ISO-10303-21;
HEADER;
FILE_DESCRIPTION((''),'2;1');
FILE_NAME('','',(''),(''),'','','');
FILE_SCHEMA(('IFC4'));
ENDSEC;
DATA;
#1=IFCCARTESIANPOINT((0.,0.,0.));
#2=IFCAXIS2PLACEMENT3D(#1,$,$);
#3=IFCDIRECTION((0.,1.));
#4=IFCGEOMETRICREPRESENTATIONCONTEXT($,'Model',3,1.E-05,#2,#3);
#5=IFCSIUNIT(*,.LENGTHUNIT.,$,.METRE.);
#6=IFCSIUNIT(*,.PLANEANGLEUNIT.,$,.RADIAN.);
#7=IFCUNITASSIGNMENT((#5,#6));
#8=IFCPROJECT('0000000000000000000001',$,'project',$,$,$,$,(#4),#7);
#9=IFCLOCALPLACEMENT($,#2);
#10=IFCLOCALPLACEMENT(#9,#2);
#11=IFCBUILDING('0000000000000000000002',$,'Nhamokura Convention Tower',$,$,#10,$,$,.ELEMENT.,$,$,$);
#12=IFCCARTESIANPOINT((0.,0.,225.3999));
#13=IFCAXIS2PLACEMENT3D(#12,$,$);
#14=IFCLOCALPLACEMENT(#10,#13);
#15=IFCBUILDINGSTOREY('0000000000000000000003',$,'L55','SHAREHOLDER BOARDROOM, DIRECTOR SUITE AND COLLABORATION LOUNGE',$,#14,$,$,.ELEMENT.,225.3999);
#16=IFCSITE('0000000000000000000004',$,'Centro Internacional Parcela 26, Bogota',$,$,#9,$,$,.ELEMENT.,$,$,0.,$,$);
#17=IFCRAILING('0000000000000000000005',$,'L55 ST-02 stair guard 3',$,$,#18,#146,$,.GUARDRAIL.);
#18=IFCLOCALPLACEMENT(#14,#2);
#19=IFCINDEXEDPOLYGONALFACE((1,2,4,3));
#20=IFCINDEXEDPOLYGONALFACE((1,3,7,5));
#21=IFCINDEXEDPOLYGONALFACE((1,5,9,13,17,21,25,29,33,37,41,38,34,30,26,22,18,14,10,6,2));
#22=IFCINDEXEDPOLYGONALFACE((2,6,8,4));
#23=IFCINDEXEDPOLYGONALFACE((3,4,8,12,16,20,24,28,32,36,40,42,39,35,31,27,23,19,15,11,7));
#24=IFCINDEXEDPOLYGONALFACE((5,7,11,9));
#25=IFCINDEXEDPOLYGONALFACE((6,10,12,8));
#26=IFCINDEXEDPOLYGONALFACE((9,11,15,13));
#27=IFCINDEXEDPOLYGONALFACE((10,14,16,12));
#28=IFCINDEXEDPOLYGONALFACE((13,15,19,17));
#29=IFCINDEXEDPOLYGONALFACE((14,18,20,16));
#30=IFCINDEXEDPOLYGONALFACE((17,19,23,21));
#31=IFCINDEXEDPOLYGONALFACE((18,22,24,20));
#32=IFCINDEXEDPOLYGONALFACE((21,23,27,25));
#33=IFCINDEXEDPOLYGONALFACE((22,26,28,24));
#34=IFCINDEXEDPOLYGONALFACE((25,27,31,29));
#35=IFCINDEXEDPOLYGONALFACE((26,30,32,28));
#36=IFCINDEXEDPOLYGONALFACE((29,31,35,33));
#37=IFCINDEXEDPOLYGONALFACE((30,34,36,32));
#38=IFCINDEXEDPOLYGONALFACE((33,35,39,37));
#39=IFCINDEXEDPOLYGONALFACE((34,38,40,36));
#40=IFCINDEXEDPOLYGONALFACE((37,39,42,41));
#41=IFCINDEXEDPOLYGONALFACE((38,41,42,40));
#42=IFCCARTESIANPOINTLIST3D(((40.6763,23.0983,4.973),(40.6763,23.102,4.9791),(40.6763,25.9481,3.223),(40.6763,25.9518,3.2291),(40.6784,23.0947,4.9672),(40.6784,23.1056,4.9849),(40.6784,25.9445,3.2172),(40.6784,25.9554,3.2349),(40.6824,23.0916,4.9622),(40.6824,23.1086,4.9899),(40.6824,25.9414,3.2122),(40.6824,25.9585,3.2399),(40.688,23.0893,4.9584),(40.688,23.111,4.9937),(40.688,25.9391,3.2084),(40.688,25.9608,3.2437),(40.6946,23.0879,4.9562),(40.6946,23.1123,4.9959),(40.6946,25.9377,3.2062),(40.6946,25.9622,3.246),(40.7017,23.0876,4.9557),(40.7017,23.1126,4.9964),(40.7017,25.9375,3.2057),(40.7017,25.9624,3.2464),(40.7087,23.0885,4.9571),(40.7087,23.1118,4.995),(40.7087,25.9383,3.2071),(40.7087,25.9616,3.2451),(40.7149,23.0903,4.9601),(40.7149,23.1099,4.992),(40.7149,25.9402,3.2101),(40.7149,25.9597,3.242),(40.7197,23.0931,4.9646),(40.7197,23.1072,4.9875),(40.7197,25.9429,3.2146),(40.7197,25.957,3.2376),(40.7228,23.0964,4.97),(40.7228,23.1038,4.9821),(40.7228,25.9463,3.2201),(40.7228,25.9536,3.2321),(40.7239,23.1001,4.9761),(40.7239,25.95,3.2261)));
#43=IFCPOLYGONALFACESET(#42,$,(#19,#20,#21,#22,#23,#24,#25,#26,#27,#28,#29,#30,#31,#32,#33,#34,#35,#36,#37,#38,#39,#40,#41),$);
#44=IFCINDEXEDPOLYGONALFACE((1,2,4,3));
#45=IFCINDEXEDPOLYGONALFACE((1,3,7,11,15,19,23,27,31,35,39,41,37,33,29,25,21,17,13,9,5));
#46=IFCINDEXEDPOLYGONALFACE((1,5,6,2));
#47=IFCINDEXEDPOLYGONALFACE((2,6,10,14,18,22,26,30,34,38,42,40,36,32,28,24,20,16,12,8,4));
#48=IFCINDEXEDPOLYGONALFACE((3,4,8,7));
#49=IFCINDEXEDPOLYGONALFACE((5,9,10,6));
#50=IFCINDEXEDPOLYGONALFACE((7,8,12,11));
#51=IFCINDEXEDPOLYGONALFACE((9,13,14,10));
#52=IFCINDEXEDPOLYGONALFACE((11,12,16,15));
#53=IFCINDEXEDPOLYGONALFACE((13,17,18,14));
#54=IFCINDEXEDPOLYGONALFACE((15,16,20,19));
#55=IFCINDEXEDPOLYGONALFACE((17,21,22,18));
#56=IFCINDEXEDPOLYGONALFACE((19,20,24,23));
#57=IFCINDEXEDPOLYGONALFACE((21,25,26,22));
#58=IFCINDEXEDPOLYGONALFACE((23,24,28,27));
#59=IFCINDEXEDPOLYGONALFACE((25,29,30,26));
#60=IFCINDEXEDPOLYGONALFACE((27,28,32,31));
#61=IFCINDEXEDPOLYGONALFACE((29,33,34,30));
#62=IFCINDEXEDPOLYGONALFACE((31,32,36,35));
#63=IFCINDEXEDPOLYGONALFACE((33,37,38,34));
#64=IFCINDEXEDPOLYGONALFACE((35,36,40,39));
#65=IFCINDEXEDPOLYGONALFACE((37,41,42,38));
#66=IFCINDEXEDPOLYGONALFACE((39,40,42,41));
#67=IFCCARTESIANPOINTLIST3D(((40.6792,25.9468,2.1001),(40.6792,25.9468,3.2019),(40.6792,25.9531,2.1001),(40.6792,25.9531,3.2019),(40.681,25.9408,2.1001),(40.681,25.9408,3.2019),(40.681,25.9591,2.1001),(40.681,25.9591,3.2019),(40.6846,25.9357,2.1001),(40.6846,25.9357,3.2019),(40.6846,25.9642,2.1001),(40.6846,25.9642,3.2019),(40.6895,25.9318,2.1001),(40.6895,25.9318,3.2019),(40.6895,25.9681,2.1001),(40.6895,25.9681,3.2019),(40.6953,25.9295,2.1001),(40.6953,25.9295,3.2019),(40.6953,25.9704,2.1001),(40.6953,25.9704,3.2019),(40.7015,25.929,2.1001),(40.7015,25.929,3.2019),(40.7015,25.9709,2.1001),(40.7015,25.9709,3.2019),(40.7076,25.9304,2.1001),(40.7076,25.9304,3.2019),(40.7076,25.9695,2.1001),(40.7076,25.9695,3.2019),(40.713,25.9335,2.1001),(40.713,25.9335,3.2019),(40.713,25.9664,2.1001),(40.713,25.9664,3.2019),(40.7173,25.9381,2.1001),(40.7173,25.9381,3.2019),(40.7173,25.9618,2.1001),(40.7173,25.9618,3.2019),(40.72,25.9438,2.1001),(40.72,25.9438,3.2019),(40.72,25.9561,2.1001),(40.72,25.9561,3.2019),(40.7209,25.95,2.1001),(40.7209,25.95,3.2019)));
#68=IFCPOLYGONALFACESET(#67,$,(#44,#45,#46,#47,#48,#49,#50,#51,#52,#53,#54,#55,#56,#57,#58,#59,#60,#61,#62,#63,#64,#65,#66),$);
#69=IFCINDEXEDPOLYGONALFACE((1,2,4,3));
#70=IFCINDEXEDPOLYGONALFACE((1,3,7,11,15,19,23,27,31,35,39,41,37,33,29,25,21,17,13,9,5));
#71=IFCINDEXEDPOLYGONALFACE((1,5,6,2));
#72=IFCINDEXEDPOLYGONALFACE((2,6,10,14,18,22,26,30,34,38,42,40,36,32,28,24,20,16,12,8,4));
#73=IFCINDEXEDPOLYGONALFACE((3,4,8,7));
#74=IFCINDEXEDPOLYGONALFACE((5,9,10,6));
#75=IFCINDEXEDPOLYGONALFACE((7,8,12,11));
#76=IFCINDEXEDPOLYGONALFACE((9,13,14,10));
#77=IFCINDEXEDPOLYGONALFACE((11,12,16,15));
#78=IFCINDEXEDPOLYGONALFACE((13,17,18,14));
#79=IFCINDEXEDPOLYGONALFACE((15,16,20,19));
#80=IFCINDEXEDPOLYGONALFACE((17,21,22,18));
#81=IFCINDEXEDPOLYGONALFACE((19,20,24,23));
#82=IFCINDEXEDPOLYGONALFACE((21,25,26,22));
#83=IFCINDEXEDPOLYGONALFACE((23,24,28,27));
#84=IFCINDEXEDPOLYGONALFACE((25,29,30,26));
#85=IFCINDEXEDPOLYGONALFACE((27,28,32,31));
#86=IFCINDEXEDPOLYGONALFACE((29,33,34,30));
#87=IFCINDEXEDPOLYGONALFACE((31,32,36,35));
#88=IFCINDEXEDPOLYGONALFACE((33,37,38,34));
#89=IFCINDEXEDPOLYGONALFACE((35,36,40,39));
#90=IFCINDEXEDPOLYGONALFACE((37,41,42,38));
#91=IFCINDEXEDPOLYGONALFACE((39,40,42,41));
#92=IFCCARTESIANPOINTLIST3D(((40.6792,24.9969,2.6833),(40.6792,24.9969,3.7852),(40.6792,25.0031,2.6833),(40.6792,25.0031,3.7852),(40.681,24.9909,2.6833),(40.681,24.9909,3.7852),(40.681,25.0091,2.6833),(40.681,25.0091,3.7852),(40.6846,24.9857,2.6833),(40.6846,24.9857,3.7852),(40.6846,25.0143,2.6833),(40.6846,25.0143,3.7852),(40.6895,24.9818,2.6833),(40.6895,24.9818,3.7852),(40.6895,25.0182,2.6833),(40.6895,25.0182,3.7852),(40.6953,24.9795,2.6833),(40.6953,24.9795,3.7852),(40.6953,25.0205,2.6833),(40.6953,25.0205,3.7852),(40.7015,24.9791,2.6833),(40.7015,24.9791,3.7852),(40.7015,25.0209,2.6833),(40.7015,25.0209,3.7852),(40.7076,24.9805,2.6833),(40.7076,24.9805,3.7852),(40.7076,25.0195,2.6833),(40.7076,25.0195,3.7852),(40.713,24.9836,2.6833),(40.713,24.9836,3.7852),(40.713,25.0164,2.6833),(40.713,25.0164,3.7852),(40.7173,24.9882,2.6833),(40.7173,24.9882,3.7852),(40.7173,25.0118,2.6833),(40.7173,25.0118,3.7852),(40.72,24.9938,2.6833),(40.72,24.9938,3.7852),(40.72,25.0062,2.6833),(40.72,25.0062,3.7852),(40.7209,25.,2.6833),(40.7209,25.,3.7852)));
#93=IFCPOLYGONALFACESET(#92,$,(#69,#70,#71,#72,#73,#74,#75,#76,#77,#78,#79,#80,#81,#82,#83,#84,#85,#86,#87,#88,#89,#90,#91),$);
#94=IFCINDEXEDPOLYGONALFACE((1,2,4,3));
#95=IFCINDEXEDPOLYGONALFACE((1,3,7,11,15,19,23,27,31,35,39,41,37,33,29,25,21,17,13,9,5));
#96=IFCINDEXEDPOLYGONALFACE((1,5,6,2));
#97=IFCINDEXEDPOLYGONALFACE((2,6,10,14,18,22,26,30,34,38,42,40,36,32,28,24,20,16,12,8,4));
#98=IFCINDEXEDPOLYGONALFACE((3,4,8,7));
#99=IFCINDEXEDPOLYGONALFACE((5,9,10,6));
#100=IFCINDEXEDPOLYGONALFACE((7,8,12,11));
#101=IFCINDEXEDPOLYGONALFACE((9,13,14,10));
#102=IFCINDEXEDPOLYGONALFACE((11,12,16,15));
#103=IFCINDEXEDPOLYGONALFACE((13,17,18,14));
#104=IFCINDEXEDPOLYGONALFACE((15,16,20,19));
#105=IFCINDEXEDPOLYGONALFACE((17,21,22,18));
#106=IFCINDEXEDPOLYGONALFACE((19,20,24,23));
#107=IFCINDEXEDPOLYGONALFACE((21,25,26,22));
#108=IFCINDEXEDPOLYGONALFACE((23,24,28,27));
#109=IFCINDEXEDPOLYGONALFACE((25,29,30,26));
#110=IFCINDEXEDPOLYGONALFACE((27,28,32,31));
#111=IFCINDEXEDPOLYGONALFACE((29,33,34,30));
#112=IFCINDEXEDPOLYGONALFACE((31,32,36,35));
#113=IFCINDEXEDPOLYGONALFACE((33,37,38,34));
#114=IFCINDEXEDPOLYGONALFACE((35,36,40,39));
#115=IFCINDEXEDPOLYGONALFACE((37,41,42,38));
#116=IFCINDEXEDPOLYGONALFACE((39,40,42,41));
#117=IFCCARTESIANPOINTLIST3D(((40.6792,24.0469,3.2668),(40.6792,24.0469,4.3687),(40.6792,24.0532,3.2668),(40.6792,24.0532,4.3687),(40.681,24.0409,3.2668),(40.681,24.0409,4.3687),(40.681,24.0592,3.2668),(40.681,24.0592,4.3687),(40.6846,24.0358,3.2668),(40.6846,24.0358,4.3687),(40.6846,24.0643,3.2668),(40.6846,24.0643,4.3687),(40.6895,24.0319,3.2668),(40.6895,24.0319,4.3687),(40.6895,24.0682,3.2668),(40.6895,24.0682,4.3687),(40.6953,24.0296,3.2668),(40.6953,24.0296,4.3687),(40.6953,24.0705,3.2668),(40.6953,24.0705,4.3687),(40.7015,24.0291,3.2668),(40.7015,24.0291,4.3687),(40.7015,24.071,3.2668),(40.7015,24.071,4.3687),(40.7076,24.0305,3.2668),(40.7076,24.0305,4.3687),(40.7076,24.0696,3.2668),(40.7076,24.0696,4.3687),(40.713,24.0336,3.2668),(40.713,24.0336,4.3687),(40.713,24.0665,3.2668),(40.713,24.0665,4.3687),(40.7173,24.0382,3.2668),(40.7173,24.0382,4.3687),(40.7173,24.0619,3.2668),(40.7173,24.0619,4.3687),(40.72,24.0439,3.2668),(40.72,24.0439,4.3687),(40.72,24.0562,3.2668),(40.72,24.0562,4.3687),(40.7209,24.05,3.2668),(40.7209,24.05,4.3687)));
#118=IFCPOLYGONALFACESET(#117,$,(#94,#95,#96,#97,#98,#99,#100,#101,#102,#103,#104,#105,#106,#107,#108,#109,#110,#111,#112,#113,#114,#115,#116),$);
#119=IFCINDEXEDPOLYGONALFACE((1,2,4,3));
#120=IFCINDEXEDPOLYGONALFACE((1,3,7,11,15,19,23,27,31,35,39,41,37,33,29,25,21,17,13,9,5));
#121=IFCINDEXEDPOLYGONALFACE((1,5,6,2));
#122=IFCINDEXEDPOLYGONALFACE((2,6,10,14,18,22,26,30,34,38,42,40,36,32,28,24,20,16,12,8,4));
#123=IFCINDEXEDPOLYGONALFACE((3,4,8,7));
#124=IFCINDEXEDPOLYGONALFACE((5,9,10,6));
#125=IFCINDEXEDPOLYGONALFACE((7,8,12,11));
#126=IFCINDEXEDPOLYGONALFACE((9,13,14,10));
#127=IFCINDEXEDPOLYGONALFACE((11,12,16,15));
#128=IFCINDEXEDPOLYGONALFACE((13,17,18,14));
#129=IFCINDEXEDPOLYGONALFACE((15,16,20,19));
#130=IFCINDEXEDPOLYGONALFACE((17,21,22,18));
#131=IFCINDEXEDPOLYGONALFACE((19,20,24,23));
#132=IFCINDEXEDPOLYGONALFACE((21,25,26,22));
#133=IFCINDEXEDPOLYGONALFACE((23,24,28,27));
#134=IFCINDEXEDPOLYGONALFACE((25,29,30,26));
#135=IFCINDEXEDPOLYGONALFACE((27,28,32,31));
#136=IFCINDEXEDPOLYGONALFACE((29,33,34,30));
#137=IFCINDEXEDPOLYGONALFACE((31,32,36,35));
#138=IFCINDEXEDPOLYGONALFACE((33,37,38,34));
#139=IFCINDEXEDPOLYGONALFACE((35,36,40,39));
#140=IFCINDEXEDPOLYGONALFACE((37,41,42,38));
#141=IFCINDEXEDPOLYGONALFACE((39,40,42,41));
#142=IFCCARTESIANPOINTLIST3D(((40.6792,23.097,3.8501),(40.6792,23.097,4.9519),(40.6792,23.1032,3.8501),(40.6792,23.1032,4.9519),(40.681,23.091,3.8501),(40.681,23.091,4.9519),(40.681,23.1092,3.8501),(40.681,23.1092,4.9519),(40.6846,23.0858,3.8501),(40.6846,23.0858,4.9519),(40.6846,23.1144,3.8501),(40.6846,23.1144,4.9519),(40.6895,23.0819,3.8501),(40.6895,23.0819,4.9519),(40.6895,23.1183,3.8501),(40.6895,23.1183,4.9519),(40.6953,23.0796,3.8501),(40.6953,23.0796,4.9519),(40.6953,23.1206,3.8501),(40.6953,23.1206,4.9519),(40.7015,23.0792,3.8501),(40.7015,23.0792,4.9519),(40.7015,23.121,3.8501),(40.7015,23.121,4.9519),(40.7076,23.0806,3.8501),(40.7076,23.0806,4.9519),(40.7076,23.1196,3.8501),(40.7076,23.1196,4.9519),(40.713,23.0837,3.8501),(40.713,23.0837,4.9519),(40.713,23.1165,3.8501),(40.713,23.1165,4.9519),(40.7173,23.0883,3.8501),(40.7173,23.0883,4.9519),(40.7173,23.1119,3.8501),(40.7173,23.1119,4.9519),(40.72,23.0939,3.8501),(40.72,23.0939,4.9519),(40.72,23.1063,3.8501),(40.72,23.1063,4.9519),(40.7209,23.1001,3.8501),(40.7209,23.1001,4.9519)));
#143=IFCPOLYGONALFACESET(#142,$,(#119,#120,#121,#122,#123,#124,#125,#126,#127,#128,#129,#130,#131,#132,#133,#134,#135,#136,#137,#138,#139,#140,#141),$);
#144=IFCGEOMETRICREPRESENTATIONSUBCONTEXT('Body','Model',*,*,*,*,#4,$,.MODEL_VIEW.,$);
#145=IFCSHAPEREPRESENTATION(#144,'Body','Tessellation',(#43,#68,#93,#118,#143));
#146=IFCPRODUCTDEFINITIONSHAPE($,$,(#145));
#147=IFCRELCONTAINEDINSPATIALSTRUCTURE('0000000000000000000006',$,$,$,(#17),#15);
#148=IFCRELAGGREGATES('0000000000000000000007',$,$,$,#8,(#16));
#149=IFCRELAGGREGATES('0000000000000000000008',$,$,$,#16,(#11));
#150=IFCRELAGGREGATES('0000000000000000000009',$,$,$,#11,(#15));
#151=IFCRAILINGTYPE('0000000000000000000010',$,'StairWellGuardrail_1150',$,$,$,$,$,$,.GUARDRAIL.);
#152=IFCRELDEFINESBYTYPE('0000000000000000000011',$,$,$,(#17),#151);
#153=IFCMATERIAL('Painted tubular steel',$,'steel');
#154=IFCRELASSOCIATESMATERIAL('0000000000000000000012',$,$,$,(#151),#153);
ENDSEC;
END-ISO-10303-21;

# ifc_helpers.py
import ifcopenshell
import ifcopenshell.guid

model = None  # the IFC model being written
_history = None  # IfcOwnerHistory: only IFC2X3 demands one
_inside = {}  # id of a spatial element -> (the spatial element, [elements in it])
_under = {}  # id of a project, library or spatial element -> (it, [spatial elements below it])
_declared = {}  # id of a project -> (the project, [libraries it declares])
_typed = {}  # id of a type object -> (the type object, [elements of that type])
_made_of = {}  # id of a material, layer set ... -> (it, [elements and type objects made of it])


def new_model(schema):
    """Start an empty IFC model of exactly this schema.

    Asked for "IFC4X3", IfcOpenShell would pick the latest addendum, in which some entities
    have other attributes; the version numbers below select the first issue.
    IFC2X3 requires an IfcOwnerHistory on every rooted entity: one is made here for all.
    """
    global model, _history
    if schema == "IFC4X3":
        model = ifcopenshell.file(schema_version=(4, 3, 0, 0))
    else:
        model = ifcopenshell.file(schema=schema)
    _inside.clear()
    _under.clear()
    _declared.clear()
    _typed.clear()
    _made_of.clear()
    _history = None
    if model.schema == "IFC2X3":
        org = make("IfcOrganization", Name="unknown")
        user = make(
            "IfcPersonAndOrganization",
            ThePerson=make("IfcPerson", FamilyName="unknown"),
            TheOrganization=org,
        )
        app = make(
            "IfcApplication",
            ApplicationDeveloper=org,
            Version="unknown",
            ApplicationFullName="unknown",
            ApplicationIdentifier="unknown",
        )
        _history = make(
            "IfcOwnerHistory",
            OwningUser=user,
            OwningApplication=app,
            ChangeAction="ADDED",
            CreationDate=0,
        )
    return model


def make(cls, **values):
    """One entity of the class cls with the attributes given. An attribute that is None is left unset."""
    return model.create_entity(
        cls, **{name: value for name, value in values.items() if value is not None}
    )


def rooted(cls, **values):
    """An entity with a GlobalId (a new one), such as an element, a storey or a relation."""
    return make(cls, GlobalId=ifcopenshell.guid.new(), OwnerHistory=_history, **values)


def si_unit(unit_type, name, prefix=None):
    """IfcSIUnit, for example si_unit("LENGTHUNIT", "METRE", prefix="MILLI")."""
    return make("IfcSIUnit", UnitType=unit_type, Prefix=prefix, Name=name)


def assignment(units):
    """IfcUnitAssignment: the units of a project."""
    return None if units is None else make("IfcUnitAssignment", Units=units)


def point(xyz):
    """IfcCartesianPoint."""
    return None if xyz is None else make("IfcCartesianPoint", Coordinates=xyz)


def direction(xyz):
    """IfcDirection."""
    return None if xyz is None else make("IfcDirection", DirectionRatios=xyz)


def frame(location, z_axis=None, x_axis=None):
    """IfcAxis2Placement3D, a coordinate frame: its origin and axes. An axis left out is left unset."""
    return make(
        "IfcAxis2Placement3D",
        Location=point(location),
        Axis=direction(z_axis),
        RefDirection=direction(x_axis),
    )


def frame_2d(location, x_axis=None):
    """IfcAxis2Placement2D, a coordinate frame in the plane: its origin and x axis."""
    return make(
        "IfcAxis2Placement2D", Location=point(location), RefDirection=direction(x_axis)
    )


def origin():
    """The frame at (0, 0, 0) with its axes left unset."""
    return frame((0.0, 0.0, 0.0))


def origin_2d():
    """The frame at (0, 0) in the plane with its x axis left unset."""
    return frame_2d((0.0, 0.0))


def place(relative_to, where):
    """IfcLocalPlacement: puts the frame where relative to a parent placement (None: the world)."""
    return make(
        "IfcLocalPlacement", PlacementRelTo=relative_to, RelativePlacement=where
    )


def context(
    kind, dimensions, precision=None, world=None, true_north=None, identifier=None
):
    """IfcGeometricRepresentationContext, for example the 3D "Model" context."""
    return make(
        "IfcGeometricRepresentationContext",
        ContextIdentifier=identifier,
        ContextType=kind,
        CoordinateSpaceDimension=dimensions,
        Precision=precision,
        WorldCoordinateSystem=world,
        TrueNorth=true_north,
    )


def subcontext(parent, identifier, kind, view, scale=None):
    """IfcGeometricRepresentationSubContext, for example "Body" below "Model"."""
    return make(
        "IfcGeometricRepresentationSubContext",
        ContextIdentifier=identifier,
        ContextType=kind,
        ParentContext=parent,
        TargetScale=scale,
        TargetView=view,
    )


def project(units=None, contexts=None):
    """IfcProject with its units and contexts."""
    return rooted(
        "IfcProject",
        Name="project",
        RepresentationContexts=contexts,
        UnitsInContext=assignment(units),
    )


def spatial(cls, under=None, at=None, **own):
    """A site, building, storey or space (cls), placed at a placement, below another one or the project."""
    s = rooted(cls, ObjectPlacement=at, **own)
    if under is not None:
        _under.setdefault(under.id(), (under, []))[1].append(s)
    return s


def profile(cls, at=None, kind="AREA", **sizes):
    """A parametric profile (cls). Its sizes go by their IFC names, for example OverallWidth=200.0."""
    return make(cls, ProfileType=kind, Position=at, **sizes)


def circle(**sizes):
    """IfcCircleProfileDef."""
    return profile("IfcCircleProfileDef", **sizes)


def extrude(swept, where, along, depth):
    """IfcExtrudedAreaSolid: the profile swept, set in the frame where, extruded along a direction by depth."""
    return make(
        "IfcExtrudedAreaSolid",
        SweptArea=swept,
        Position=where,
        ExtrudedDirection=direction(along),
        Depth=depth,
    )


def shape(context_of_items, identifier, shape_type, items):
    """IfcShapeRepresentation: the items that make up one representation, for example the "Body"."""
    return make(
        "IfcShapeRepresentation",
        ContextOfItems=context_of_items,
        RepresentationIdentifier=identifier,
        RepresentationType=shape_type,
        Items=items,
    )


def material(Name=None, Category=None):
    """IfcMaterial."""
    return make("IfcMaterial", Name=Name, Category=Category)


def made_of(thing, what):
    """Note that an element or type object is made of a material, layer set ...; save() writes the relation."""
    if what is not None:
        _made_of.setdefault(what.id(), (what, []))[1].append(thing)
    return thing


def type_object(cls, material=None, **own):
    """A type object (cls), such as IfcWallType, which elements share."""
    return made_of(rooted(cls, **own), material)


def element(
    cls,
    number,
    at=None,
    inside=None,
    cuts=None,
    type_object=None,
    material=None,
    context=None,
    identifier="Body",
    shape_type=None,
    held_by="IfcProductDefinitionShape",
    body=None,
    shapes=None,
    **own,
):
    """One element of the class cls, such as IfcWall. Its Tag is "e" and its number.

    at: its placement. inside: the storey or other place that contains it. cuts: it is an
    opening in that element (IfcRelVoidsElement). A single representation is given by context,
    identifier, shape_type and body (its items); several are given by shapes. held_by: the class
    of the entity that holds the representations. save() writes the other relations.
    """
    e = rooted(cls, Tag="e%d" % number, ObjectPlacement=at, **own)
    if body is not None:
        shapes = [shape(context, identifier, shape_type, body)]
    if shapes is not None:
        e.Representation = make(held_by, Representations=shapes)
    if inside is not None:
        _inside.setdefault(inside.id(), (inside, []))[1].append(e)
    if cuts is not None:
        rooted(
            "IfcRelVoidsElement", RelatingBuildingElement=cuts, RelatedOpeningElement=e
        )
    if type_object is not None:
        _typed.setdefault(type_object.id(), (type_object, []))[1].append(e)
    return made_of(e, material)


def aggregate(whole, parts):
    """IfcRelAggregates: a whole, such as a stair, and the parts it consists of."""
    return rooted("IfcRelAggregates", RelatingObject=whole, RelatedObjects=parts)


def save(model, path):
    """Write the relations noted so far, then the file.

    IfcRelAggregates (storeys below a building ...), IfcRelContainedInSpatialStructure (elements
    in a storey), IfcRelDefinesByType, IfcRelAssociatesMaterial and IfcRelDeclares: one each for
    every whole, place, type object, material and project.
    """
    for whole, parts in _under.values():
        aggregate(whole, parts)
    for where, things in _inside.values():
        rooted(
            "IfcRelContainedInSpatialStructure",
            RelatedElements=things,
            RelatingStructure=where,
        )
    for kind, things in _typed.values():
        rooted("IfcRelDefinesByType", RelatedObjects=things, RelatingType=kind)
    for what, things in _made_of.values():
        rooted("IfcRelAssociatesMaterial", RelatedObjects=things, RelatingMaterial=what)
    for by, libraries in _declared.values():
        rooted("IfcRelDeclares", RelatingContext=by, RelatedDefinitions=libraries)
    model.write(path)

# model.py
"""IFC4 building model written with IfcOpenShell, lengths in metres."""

from ifc_helpers import new_model, si_unit, direction, frame, origin, origin_2d, place, context, subcontext, project, spatial, circle, extrude, material, type_object, element, save


model = new_model("IFC4")

# Units and contexts
model_context = context("Model", 3, precision=1e-05, world=origin(), true_north=direction((0.0, 1.0)))
body_context = subcontext(model_context, "Body", "Model", "MODEL_VIEW")
ifc_project = project(units=[si_unit("LENGTHUNIT", "METRE"), si_unit("PLANEANGLEUNIT", "RADIAN")], contexts=[model_context])

# Site, building, storey
site_placement = place(None, origin())
site = spatial("IfcSite", under=ifc_project, at=site_placement, Name="Centro Internacional Parcela 26, Bogota", CompositionType="ELEMENT", RefElevation=0.0)
building_placement = place(site_placement, origin())
building = spatial("IfcBuilding", under=site, at=building_placement, Name="Nhamokura Convention Tower", CompositionType="ELEMENT")
storey_placement = place(building_placement, frame((0.0, 0.0, 225.3999)))
storey = spatial("IfcBuildingStorey", under=building, at=storey_placement, Name="L55", Description="SHAREHOLDER BOARDROOM, DIRECTOR SUITE AND COLLABORATION LOUNGE", CompositionType="ELEMENT", Elevation=225.3999)

# Railing
ifc_material_1 = material(Name="Painted tubular steel", Category="steel")
railing_type_1 = type_object("IfcRailingType", Name="StairWellGuardrail_1150", PredefinedType="GUARDRAIL", material=ifc_material_1)
railing_1_placement = place(storey_placement, frame((40.7, 25.95, 2.1001)))
element("IfcRailing", 1, at=railing_1_placement, inside=storey, type_object=railing_type_1, Name="L55 ST-02 stair guard 3", PredefinedType="GUARDRAIL", context=body_context, shape_type="SweptSolid", body=[
    extrude(circle(Radius=0.0239, at=origin_2d()), frame((0.0, 0.0, 1.126), z_axis=(0.0, -0.852159, 0.523283), x_axis=(1.0, 0.0, 0.0)), (0.0, 0.0, 1.0), 3.3442),
    extrude(circle(Radius=0.021, at=origin_2d()), origin(), (0.0, 0.0, 1.0), 1.1018),
    extrude(circle(Radius=0.021, at=origin_2d()), frame((0.0, -0.95, 0.5833)), (0.0, 0.0, 1.0), 1.1018),
    extrude(circle(Radius=0.021, at=origin_2d()), frame((0.0, -1.8999, 1.1667)), (0.0, 0.0, 1.0), 1.1018),
    extrude(circle(Radius=0.021, at=origin_2d()), frame((0.0, -2.8499, 1.75)), (0.0, 0.0, 1.0), 1.1018),
])

save(model, "model.ifc")
